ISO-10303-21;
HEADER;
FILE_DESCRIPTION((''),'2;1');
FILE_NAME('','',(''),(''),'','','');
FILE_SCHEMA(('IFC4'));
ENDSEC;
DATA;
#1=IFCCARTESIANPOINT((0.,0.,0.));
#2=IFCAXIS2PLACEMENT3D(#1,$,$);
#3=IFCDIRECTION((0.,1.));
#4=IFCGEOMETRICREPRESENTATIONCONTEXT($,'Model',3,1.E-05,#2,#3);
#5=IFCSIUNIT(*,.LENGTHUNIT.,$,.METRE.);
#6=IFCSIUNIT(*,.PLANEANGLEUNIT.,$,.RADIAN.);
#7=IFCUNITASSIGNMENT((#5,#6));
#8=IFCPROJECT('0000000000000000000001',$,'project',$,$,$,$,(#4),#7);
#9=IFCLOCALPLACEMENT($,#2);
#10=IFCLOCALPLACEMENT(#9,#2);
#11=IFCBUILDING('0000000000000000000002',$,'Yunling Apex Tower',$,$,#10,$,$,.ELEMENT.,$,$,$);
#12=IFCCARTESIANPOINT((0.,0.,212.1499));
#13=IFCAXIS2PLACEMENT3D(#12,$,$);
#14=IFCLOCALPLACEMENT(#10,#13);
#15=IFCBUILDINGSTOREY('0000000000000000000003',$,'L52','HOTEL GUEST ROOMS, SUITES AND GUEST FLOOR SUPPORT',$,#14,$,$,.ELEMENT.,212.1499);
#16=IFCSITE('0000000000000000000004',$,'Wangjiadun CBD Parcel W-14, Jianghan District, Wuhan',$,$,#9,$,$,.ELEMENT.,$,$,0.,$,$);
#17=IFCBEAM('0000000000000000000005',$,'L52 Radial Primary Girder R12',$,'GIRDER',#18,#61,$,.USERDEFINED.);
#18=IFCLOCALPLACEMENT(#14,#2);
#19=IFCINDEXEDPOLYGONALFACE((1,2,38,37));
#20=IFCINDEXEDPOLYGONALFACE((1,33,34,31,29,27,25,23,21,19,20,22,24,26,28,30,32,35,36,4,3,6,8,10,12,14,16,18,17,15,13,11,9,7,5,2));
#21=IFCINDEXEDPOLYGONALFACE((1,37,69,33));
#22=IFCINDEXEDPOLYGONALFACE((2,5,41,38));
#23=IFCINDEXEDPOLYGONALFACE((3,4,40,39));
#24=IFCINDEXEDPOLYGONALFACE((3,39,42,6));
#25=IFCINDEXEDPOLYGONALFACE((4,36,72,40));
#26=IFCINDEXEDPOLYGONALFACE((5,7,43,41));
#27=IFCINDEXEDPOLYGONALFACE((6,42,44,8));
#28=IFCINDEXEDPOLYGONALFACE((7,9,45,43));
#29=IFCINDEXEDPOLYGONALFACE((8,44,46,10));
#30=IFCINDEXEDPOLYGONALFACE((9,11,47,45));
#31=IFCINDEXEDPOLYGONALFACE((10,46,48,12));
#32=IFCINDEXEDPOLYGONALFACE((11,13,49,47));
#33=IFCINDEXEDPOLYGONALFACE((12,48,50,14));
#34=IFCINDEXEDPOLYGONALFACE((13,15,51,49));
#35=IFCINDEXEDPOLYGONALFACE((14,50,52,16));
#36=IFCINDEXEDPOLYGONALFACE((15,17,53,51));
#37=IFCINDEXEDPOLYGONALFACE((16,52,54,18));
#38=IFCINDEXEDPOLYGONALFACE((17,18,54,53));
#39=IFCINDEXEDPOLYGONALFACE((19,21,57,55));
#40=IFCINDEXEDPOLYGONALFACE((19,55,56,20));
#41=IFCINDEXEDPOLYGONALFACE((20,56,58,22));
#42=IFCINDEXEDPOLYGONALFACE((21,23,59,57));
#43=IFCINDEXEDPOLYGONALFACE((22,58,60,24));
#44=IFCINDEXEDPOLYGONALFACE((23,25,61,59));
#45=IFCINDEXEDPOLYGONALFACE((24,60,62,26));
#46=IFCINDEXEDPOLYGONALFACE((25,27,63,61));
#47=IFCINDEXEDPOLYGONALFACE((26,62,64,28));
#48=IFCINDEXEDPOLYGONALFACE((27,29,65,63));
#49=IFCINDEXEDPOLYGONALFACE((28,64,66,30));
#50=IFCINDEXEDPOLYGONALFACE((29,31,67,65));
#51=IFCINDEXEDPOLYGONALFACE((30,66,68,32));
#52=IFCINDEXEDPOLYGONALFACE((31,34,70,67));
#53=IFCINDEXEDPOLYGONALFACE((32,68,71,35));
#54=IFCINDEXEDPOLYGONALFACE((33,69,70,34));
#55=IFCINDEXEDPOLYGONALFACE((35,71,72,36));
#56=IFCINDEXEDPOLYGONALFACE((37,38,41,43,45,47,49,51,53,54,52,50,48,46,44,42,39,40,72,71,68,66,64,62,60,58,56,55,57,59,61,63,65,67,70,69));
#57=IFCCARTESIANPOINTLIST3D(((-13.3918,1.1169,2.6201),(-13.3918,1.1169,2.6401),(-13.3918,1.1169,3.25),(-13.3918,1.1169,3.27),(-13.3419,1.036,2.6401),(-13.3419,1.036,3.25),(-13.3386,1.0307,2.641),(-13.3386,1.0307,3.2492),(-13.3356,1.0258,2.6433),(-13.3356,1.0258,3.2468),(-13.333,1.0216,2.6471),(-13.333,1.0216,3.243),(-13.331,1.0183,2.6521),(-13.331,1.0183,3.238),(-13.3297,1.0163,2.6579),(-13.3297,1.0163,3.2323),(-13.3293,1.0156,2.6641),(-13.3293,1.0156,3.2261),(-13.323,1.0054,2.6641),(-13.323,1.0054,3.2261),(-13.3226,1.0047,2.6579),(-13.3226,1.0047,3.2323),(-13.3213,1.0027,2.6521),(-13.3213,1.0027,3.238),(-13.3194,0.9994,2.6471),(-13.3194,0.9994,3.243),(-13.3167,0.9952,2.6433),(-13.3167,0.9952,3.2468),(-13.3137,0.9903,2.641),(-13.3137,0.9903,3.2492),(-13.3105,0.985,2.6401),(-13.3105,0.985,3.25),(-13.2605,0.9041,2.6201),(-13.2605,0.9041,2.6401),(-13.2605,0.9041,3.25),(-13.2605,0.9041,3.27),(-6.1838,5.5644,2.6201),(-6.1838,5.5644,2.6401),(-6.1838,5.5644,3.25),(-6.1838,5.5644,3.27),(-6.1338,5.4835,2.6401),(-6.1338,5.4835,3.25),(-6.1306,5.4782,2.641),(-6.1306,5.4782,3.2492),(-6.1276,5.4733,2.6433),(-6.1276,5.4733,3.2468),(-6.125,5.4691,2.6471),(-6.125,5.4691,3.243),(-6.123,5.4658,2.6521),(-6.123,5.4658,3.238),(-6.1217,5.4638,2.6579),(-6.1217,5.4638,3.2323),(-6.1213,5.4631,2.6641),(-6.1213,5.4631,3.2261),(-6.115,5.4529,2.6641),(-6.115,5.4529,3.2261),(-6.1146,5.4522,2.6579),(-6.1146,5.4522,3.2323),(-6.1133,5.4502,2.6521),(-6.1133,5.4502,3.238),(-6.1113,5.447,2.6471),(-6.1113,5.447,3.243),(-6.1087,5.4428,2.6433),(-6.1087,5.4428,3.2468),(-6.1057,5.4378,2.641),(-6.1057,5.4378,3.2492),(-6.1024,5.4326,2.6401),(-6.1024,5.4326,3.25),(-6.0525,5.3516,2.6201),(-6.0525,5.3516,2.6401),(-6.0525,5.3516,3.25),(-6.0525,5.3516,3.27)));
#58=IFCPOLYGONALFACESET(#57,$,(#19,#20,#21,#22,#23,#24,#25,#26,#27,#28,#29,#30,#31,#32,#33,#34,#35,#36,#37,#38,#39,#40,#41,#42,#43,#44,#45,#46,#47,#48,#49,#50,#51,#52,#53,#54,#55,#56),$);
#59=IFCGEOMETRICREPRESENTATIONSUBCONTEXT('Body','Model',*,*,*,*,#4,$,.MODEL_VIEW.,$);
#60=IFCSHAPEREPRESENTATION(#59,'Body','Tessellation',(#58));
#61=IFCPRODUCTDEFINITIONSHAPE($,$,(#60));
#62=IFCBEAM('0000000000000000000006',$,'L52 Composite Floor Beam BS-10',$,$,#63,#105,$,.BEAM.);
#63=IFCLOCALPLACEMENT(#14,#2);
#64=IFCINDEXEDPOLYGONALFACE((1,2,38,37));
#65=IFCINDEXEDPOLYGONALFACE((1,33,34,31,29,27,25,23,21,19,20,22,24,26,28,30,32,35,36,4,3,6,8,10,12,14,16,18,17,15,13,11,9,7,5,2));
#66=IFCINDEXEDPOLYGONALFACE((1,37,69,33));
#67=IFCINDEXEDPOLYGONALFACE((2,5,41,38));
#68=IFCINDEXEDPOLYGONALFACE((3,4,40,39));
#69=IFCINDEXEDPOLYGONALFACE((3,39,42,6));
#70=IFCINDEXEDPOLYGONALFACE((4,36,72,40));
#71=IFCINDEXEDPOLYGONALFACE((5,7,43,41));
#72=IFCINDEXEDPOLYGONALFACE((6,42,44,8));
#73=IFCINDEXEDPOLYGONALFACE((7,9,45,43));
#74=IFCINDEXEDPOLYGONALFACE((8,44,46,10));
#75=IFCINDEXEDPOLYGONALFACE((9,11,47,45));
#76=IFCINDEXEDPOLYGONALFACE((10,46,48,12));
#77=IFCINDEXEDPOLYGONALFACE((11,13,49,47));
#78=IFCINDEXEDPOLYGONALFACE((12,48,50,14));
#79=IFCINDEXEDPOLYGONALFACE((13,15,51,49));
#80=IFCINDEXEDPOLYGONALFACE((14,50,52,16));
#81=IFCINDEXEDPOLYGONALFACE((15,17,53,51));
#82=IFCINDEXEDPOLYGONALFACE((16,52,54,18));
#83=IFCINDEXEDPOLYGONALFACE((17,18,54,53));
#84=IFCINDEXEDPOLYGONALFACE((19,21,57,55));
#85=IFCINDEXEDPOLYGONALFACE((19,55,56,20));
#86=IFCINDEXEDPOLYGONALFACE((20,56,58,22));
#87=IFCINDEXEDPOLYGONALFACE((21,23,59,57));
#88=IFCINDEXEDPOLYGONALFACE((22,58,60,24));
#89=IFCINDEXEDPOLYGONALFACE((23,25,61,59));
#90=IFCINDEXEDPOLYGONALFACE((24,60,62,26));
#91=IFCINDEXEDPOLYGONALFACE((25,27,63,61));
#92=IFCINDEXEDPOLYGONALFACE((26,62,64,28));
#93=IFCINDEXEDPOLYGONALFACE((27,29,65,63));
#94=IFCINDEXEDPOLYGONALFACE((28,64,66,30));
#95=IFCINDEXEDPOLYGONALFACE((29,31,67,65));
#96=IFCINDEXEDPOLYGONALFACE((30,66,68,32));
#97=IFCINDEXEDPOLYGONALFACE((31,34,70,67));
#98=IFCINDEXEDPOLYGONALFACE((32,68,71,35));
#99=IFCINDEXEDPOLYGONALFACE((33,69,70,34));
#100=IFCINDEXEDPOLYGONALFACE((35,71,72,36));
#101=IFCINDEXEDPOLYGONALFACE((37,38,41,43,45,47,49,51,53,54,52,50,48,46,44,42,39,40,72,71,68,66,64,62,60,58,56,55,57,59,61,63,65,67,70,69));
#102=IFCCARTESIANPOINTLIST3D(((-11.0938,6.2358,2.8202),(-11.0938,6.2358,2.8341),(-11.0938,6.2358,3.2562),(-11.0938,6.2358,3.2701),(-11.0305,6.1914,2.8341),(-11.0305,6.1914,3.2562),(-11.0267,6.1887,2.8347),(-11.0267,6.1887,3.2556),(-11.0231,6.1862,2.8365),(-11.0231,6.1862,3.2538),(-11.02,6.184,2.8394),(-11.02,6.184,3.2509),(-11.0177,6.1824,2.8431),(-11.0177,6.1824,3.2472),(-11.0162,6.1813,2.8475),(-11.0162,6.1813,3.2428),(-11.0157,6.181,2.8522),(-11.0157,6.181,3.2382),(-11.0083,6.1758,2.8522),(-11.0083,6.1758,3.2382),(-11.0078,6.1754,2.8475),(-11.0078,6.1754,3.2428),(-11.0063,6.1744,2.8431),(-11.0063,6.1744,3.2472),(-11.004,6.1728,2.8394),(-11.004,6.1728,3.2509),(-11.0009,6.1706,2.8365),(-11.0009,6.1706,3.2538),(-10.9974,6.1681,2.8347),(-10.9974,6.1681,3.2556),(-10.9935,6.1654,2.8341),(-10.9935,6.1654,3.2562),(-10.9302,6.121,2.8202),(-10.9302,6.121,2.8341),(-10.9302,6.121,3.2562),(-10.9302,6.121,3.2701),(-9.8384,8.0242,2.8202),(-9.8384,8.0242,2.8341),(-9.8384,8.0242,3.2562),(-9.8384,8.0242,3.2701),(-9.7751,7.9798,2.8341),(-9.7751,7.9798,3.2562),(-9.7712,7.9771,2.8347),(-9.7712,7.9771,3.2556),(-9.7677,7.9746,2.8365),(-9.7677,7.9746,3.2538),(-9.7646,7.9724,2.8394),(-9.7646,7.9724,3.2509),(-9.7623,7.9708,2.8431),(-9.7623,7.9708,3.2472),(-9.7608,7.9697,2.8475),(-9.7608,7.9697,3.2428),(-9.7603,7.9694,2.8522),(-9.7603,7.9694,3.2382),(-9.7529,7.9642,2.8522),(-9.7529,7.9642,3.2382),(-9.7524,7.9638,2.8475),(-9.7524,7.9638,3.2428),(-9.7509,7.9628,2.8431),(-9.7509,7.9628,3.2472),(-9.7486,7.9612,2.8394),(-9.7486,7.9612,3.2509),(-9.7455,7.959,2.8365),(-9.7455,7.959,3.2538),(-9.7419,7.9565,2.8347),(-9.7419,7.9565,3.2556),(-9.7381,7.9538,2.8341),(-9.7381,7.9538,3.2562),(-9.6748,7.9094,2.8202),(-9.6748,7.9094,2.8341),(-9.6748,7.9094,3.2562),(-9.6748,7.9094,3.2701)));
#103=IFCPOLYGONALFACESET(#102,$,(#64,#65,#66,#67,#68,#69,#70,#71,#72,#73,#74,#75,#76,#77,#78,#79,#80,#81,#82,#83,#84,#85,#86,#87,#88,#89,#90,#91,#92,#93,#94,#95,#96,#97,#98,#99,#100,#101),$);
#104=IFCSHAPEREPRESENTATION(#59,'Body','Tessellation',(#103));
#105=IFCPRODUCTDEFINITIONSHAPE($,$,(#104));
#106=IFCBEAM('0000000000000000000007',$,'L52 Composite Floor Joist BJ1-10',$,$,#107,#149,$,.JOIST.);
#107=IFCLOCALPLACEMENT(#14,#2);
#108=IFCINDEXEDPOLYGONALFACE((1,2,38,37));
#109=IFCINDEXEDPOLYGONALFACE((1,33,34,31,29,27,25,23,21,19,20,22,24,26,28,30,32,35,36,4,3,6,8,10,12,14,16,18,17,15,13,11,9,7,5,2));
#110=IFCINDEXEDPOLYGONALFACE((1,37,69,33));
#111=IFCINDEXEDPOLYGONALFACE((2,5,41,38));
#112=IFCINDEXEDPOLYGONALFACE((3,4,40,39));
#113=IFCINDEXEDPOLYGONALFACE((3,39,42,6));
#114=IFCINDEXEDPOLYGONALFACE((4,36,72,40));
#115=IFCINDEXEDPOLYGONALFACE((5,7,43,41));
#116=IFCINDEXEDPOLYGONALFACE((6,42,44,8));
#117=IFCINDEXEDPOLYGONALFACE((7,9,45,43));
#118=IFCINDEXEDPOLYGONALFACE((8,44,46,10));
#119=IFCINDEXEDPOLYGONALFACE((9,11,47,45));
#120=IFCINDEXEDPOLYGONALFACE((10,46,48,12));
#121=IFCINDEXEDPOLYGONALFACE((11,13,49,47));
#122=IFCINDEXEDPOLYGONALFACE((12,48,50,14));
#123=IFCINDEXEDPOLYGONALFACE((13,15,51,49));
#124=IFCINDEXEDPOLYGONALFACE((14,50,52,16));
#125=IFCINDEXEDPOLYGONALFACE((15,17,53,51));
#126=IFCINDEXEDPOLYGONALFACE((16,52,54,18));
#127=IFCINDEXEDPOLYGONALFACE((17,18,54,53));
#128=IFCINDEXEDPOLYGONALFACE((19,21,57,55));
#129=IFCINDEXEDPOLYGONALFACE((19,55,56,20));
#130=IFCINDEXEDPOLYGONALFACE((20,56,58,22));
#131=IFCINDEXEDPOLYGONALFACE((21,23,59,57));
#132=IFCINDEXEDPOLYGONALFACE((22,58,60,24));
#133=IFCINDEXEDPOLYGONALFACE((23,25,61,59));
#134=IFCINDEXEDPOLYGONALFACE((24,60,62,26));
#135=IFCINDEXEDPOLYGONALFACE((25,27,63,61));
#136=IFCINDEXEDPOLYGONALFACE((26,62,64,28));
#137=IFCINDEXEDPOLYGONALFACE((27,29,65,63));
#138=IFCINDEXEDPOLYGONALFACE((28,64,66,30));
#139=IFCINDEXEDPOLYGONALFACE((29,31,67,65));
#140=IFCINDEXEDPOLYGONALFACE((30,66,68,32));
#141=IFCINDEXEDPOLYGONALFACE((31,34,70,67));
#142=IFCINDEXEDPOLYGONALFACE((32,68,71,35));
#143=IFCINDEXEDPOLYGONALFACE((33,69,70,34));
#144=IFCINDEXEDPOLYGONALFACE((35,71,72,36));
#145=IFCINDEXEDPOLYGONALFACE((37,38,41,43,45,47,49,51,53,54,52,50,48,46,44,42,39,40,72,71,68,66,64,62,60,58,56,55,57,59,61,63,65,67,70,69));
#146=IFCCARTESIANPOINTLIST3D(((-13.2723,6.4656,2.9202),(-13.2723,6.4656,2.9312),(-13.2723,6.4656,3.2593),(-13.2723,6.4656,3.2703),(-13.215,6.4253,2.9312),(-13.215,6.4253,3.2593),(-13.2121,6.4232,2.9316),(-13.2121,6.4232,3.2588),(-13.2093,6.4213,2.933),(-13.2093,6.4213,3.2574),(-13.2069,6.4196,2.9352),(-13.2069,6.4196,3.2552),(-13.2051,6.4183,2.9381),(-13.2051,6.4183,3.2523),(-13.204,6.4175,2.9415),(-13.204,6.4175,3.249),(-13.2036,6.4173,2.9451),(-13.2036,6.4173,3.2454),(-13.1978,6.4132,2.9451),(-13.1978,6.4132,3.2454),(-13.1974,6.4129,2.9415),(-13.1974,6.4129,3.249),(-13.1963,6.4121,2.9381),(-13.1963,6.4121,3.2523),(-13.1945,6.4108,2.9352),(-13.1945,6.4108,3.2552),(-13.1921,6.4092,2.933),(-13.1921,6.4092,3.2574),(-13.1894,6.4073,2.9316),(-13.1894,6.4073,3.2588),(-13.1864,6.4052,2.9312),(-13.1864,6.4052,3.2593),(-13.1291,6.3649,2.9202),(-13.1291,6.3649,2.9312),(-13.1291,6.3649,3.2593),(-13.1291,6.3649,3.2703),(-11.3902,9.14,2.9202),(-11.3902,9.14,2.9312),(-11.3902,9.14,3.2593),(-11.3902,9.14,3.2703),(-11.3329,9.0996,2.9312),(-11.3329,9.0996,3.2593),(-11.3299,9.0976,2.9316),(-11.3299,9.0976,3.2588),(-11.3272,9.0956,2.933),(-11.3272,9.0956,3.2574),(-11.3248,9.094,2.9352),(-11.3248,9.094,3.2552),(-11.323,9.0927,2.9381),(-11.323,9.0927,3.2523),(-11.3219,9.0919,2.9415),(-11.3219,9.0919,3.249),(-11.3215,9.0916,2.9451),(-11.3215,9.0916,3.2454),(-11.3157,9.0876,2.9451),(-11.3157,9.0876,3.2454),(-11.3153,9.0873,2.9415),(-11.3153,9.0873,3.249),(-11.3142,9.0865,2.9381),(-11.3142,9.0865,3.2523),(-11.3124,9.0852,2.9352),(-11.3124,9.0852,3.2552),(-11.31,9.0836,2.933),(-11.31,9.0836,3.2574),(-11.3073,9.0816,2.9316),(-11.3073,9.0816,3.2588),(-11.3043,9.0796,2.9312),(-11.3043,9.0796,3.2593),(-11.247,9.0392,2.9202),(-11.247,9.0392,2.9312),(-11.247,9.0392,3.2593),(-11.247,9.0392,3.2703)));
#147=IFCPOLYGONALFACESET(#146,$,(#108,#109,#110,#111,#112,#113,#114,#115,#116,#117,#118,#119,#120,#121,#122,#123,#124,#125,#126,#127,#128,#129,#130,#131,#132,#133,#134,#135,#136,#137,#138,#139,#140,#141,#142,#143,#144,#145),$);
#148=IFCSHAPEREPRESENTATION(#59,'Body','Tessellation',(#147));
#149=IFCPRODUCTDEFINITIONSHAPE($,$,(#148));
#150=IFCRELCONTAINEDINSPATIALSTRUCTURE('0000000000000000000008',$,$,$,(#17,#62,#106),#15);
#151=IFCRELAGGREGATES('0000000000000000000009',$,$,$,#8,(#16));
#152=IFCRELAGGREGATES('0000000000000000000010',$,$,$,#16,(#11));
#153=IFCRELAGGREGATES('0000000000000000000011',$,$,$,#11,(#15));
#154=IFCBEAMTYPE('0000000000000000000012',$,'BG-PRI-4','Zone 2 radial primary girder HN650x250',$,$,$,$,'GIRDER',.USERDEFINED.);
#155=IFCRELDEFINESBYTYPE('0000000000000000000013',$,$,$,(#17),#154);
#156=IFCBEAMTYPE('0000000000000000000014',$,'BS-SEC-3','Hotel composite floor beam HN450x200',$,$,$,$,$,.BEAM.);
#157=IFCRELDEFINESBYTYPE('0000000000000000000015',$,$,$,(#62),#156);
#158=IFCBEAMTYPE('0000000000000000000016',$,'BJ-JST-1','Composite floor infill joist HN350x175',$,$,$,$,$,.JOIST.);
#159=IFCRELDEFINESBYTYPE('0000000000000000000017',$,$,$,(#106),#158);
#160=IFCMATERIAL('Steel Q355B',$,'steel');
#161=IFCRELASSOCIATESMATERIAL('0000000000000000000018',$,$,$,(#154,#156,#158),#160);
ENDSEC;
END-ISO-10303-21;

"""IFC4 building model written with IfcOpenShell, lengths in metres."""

from ifc_helpers import new_model, si_unit, direction, frame, origin, origin_2d, place, context, subcontext, project, spatial, i_section, extrude, source, transform, mapped, material, material_profile, profile_set, type_object, element, save


model = new_model("IFC4")

# Units and contexts
model_context = context("Model", 3, precision=1e-05, world=origin(), true_north=direction((0.0, 1.0)))
body_context = subcontext(model_context, "Body", "Model", "MODEL_VIEW")
ifc_project = project(units=[si_unit("LENGTHUNIT", "METRE"), si_unit("PLANEANGLEUNIT", "RADIAN")], contexts=[model_context])

# Site, building, storey
site_placement = place(None, origin())
site = spatial("IfcSite", under=ifc_project, at=site_placement, Name="Wangjiadun CBD Parcel W-14, Jianghan District, Wuhan", CompositionType="ELEMENT", RefElevation=0.0)
building_placement = place(site_placement, origin())
building = spatial("IfcBuilding", under=site, at=building_placement, Name="Yunling Apex Tower", CompositionType="ELEMENT")
storey_placement = place(building_placement, frame((0.0, 0.0, 212.1499)))
storey = spatial("IfcBuildingStorey", under=building, at=storey_placement, Name="L52", Description="HOTEL GUEST ROOMS, SUITES AND GUEST FLOOR SUPPORT", CompositionType="ELEMENT", Elevation=212.1499)

# Beams
ifc_material_1 = material(Name="Steel Q355B", Category="steel")
ifc_material_profile_1 = material_profile(ifc_material_1, i_section(OverallWidth=0.25, OverallDepth=0.6499, WebThickness=0.012, FlangeThickness=0.02, FilletRadius=0.0239, at=origin_2d()))
ifc_profile_set_1 = profile_set([ifc_material_profile_1], Name="Steel Q355B")
beam_type_1 = type_object("IfcBeamType", Name="BG-PRI-4", Description="Zone 2 radial primary girder HN650x250", ElementType="GIRDER", PredefinedType="USERDEFINED", material=ifc_profile_set_1)
shared_shape_1 = source(origin(), body_context, "Body", "SweptSolid", [
    extrude(i_section(OverallWidth=0.25, OverallDepth=0.6499, WebThickness=0.012, FlangeThickness=0.02, FilletRadius=0.0239, at=origin_2d()), origin(), (0.0, 0.0, 1.0), 8.4697),
])
beam_1_placement = place(storey_placement, frame((-13.3262, 1.0105, 2.9451), z_axis=(0.851035, 0.525109, 0.0), x_axis=(-0.525109, 0.851035, 0.0)))
element("IfcBeam", 1, at=beam_1_placement, inside=storey, type_object=beam_type_1, Name="L52 Radial Primary Girder R12", ObjectType="GIRDER", PredefinedType="USERDEFINED", context=body_context, shape_type="MappedRepresentation", body=[
    mapped(shared_shape_1, transform((0.0, 0.0, 0.0), scale=1.0)),
])
ifc_material_profile_2 = material_profile(ifc_material_1, i_section(OverallWidth=0.2, OverallDepth=0.45, WebThickness=0.009, FlangeThickness=0.0139, FilletRadius=0.0181, at=origin_2d()))
ifc_profile_set_2 = profile_set([ifc_material_profile_2], Name="Steel Q355B")
beam_type_2 = type_object("IfcBeamType", Name="BS-SEC-3", Description="Hotel composite floor beam HN450x200", PredefinedType="BEAM", material=ifc_profile_set_2)
shared_shape_2 = source(origin(), body_context, "Body", "SweptSolid", [
    extrude(i_section(OverallWidth=0.2, OverallDepth=0.45, WebThickness=0.009, FlangeThickness=0.0139, FilletRadius=0.0181, at=origin_2d()), origin(), (0.0, 0.0, 1.0), 2.1851),
])
beam_2_placement = place(storey_placement, frame((-9.7566, 7.9668, 3.0452), z_axis=(-0.574549, -0.81847, 0.0), x_axis=(0.81847, -0.574549, 0.0)))
element("IfcBeam", 2, at=beam_2_placement, inside=storey, type_object=beam_type_2, Name="L52 Composite Floor Beam BS-10", PredefinedType="BEAM", context=body_context, shape_type="MappedRepresentation", body=[
    mapped(shared_shape_2, transform((0.0, 0.0, 0.0), scale=1.0)),
])
ifc_material_profile_3 = material_profile(ifc_material_1, i_section(OverallWidth=0.175, OverallDepth=0.3501, WebThickness=0.0071, FlangeThickness=0.011, FilletRadius=0.0139, at=origin_2d()))
ifc_profile_set_3 = profile_set([ifc_material_profile_3], Name="Steel Q355B")
beam_type_3 = type_object("IfcBeamType", Name="BJ-JST-1", Description="Composite floor infill joist HN350x175", PredefinedType="JOIST", material=ifc_profile_set_3)
shared_shape_3 = source(origin(), body_context, "Body", "SweptSolid", [
    extrude(i_section(OverallWidth=0.175, OverallDepth=0.3501, WebThickness=0.0071, FlangeThickness=0.011, FilletRadius=0.0139, at=origin_2d()), origin(), (0.0, 0.0, 1.0), 3.2703),
])
beam_3_placement = place(storey_placement, frame((-11.3186, 9.0896, 3.0952), z_axis=(-0.575525, -0.817784, 0.0), x_axis=(0.817784, -0.575525, 0.0)))
element("IfcBeam", 3, at=beam_3_placement, inside=storey, type_object=beam_type_3, Name="L52 Composite Floor Joist BJ1-10", PredefinedType="JOIST", context=body_context, shape_type="MappedRepresentation", body=[
    mapped(shared_shape_3, transform((0.0, 0.0, 0.0), scale=1.0)),
])

save(model, "model.ifc")
